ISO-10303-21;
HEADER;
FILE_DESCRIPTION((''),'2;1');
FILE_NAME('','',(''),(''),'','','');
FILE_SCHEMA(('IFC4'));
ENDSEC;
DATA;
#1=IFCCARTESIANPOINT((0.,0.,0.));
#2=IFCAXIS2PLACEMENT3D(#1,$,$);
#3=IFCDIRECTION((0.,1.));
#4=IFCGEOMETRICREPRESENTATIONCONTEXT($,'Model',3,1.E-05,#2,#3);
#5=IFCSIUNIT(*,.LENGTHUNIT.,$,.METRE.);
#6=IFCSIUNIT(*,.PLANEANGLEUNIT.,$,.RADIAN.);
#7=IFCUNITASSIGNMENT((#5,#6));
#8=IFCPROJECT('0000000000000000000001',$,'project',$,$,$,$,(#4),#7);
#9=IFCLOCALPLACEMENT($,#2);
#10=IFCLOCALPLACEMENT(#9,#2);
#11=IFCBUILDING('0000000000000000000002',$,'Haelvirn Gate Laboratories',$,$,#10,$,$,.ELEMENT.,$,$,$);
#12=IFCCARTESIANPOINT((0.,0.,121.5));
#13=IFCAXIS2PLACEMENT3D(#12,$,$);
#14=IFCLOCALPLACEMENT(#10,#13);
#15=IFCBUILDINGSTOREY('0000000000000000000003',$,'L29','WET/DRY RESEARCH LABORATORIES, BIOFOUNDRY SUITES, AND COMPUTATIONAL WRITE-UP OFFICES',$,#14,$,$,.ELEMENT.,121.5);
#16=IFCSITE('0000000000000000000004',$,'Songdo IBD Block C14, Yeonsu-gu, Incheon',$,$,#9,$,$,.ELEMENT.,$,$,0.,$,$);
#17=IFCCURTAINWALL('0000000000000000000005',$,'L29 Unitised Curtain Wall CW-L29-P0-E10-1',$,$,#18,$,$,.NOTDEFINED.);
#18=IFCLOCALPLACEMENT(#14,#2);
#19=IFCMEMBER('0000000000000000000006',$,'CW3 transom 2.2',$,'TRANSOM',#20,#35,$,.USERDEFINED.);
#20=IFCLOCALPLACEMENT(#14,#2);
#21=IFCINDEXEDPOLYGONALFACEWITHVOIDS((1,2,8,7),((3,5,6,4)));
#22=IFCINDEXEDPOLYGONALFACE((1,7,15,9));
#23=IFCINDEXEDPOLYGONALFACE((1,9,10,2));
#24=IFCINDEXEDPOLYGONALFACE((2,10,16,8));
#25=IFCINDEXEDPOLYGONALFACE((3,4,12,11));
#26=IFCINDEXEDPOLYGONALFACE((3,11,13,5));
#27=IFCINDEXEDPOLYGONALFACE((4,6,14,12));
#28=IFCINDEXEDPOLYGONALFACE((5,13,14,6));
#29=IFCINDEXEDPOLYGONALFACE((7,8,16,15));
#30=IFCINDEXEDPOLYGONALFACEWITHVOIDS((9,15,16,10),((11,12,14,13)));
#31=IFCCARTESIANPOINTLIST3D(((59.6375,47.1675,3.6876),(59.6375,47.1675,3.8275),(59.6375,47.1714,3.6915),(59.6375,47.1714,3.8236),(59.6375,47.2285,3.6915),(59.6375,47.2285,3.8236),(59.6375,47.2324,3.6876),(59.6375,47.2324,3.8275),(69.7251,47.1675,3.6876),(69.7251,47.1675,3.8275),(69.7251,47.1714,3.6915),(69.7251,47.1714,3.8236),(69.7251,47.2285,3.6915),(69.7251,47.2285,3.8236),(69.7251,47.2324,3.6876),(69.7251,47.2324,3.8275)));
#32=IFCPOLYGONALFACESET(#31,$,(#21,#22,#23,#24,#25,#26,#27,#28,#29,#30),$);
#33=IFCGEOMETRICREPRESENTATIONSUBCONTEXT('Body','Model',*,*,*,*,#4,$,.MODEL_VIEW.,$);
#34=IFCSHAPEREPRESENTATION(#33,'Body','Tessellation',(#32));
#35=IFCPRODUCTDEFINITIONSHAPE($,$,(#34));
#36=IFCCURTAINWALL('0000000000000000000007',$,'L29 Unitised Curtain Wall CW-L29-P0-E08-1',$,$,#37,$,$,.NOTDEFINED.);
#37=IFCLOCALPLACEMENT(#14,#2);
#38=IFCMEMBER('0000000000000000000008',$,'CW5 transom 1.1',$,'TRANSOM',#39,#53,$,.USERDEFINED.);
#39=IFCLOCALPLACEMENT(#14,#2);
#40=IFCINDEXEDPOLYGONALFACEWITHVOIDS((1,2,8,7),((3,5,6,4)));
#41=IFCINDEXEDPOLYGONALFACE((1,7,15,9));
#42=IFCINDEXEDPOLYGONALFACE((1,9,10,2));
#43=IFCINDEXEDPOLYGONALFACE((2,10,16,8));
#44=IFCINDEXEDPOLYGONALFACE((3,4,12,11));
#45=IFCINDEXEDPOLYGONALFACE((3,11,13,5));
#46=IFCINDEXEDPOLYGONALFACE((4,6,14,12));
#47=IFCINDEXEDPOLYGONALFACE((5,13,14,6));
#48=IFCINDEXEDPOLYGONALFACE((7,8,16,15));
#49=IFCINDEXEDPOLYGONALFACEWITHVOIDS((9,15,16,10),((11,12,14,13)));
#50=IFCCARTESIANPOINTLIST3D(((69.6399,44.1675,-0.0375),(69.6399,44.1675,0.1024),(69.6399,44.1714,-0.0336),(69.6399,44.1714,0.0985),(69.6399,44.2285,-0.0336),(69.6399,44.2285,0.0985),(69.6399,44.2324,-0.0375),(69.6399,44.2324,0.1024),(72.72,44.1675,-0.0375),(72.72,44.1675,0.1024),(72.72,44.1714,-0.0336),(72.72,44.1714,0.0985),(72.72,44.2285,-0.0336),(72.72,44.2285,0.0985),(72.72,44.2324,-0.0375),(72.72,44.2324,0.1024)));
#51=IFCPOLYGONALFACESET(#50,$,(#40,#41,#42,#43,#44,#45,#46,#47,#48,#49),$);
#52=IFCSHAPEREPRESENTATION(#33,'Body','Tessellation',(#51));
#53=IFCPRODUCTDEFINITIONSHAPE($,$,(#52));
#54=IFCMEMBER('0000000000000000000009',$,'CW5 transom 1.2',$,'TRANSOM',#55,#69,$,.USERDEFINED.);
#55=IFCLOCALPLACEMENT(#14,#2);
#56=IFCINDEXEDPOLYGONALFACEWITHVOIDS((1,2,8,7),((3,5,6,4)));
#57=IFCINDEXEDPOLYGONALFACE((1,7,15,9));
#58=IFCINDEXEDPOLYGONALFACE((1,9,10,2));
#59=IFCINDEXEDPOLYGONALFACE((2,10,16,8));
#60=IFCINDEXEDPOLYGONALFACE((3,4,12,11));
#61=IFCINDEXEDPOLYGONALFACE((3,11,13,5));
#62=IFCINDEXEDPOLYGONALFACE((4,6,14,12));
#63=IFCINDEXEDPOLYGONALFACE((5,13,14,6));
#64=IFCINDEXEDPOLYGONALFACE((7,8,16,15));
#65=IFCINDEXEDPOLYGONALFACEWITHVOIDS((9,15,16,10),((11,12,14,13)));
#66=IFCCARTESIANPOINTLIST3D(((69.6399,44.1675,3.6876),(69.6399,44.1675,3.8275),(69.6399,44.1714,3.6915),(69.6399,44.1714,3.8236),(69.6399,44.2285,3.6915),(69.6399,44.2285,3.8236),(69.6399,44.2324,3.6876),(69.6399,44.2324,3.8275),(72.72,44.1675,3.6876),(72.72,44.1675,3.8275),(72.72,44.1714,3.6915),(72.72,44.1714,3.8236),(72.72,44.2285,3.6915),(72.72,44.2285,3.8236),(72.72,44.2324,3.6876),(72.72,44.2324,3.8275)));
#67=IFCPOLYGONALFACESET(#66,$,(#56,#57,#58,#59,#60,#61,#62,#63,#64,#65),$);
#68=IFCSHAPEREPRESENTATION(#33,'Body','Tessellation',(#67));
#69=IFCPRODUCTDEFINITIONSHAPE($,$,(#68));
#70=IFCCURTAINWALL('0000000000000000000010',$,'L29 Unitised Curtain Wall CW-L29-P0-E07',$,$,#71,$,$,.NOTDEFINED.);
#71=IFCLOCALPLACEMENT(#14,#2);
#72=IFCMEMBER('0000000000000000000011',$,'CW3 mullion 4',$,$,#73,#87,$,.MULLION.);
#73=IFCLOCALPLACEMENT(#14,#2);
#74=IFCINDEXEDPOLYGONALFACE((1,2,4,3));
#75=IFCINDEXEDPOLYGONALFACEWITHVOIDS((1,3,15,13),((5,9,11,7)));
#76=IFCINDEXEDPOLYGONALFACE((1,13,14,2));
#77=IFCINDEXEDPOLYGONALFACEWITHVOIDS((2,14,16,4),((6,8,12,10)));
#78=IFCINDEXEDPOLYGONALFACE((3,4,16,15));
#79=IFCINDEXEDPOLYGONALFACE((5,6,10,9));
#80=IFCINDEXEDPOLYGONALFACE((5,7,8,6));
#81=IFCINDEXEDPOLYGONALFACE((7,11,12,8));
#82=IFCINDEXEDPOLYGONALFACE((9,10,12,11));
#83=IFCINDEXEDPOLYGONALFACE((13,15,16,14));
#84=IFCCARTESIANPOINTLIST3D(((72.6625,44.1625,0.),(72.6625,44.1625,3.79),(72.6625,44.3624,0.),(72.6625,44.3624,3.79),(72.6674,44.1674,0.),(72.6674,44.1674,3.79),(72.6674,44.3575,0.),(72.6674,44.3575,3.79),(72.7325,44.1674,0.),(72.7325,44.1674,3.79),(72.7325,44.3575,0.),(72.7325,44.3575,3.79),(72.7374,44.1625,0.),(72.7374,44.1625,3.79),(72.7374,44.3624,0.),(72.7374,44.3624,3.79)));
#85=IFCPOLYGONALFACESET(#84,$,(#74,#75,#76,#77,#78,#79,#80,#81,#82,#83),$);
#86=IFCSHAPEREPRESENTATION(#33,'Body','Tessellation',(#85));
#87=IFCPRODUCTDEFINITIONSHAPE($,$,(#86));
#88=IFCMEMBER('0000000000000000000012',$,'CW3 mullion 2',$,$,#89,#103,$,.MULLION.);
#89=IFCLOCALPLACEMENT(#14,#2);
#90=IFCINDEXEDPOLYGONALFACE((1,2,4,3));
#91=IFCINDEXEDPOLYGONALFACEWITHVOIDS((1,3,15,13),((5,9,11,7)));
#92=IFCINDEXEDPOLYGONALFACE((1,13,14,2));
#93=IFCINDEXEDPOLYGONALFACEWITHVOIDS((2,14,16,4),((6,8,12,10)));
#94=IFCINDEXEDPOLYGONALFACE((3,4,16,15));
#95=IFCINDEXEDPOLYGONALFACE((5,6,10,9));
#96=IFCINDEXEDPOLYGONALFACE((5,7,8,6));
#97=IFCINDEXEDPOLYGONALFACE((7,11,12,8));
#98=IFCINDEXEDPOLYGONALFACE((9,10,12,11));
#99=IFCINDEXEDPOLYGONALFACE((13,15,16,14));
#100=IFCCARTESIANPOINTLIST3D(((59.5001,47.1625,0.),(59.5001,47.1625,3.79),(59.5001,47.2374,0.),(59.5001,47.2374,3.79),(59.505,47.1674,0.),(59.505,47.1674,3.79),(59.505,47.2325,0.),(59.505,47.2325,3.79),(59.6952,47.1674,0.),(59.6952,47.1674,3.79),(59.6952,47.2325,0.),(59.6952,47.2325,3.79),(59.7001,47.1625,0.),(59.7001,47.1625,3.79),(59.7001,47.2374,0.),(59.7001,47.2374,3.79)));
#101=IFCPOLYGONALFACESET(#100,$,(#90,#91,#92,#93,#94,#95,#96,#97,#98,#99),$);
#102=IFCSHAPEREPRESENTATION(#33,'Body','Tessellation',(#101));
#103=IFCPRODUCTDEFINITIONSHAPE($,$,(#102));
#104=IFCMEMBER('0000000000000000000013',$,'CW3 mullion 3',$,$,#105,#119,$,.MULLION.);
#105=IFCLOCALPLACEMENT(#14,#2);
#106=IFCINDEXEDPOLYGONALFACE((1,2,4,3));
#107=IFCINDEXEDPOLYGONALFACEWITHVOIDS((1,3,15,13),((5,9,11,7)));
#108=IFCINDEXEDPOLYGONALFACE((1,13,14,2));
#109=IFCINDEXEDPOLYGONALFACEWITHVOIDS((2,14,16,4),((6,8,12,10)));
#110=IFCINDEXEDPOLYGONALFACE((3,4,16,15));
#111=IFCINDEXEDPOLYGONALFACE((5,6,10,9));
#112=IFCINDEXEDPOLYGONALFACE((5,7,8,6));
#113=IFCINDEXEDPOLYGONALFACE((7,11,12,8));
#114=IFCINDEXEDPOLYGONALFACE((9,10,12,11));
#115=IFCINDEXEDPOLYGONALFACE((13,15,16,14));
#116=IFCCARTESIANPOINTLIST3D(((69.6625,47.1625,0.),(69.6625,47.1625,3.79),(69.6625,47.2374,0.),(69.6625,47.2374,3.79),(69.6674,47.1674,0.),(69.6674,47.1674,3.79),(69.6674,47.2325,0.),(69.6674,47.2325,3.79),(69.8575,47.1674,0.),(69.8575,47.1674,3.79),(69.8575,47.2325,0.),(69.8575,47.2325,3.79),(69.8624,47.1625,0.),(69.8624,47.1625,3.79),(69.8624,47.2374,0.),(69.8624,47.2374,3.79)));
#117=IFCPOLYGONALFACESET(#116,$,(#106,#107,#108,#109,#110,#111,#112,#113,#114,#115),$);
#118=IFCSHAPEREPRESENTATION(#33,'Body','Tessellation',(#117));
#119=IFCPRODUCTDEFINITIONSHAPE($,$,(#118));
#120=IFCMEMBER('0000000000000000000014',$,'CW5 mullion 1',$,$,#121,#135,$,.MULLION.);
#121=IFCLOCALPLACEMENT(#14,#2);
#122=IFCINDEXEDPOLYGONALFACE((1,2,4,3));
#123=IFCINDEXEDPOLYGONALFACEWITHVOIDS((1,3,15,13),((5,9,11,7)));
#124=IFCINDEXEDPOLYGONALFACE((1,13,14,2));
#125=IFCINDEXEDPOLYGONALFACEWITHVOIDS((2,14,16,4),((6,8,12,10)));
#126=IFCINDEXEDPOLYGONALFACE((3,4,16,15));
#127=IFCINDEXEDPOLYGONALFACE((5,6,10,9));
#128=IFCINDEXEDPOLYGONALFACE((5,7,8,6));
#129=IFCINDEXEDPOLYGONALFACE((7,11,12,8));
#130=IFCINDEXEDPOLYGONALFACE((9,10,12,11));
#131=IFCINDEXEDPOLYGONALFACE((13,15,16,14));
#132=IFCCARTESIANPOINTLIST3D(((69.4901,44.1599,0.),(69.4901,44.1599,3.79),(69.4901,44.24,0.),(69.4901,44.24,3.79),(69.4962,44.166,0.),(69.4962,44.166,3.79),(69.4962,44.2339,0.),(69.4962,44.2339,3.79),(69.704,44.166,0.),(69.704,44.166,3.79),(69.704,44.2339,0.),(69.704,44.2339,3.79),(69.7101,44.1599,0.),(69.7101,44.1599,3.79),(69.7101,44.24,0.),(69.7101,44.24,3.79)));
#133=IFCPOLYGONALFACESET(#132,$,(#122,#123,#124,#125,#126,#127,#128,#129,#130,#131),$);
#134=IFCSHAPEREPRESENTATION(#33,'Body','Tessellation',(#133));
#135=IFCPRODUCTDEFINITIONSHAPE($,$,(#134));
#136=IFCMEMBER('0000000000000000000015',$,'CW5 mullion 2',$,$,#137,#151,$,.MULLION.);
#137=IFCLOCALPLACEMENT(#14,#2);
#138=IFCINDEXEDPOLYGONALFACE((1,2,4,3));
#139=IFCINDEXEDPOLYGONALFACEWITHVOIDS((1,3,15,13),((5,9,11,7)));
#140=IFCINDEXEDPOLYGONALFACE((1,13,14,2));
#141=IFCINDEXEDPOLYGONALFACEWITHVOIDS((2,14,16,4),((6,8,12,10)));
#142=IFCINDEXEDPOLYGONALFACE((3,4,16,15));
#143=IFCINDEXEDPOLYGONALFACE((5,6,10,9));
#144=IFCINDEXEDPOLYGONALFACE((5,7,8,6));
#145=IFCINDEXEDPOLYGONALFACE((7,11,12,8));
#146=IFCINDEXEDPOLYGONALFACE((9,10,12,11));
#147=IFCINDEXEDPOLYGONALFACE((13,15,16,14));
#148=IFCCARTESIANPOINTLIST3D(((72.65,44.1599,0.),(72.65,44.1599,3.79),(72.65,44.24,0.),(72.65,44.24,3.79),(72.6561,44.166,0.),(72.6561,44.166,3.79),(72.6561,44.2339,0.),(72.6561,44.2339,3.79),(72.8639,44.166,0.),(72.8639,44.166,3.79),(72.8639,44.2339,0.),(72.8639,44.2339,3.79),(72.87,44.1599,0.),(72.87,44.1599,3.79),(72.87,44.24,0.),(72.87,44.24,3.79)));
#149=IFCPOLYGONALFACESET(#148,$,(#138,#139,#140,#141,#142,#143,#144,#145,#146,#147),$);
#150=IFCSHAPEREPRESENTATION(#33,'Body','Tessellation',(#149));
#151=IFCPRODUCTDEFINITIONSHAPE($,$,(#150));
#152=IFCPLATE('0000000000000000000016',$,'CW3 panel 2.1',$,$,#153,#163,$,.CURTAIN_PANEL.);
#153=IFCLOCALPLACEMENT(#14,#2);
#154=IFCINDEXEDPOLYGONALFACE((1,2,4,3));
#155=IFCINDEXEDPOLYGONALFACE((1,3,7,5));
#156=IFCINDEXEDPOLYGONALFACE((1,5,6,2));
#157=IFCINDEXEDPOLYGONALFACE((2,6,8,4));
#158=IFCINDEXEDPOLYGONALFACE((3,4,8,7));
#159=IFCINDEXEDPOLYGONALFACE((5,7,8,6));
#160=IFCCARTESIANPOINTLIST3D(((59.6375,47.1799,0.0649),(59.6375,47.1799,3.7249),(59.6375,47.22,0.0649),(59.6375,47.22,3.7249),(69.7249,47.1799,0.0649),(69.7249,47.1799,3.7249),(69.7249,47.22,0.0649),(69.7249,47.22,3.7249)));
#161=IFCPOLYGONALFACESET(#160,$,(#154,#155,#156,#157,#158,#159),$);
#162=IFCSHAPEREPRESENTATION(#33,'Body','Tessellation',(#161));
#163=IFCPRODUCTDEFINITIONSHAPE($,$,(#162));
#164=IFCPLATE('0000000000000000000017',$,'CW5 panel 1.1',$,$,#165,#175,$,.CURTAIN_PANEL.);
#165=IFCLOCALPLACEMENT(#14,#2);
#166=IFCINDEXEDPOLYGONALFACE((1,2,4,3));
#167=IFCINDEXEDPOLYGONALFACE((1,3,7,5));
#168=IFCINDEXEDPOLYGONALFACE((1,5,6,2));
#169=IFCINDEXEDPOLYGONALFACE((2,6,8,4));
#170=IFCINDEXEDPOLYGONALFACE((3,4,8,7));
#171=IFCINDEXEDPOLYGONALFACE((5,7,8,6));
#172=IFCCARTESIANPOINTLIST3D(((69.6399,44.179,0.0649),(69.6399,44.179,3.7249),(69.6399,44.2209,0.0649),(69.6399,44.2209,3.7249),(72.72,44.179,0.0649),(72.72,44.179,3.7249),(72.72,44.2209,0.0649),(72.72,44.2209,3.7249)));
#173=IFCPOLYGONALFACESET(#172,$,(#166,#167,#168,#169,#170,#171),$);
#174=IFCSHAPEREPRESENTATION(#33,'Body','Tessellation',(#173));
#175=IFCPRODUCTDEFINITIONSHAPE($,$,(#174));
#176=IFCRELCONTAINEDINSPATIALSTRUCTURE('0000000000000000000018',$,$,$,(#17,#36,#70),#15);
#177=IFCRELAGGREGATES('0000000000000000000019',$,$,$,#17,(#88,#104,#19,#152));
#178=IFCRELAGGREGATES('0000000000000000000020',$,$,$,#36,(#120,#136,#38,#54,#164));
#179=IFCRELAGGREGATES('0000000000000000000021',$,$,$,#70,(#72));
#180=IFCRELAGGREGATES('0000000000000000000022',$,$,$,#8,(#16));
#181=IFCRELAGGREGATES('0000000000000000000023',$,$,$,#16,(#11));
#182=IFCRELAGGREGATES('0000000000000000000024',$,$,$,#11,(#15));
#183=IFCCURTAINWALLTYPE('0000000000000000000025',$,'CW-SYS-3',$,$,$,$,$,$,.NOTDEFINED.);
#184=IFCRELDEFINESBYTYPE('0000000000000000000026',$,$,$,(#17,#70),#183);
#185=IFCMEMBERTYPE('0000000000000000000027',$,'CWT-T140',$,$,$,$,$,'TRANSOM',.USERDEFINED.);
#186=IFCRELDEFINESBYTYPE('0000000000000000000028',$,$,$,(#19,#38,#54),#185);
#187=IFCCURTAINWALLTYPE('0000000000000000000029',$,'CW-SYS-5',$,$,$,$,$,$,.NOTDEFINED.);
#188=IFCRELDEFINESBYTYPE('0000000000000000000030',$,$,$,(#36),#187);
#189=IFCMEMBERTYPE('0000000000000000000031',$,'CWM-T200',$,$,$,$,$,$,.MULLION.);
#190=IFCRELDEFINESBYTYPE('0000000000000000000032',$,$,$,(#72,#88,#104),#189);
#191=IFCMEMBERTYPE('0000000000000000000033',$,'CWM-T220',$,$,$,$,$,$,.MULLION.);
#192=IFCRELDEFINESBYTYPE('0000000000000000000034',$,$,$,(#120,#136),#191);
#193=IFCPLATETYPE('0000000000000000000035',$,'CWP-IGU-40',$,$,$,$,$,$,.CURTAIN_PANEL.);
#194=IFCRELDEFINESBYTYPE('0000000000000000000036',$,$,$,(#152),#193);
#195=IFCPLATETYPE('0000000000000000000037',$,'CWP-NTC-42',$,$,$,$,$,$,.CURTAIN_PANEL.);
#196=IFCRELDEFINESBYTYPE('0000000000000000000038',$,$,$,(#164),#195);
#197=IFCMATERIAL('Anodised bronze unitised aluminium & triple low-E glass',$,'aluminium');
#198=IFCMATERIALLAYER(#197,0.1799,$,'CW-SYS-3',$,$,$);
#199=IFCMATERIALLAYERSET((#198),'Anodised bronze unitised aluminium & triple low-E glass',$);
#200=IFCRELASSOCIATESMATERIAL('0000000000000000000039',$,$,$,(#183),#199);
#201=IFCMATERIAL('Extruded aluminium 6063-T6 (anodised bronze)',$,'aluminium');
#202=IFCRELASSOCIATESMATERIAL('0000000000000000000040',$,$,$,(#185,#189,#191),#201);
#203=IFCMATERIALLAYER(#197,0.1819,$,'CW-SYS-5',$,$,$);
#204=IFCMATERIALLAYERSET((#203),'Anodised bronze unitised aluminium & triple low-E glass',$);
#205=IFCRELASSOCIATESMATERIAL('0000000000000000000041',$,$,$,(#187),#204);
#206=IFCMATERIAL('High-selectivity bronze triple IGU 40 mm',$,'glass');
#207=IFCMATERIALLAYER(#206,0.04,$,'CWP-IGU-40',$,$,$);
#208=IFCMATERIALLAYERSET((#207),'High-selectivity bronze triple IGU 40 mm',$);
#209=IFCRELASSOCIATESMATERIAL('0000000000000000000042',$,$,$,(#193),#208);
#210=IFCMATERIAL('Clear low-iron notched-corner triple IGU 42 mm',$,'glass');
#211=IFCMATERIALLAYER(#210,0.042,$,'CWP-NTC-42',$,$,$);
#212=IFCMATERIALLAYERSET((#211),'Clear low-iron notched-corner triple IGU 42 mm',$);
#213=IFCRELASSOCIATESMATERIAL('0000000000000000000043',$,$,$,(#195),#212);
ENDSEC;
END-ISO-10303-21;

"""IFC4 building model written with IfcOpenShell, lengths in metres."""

from ifc_helpers import new_model, si_unit, direction, frame, origin, origin_2d, place, context, subcontext, project, spatial, rectangle, hollow_rectangle, extrude, source, transform, mapped, material, layer, layer_set, material_profile, profile_set, type_object, type_shapes, element, aggregate, save


model = new_model("IFC4")

# Units and contexts
model_context = context("Model", 3, precision=1e-05, world=origin(), true_north=direction((0.0, 1.0)))
body_context = subcontext(model_context, "Body", "Model", "MODEL_VIEW")
ifc_project = project(units=[si_unit("LENGTHUNIT", "METRE"), si_unit("PLANEANGLEUNIT", "RADIAN")], contexts=[model_context])

# Site, building, storey
site_placement = place(None, origin())
site = spatial("IfcSite", under=ifc_project, at=site_placement, Name="Songdo IBD Block C14, Yeonsu-gu, Incheon", CompositionType="ELEMENT", RefElevation=0.0)
building_placement = place(site_placement, origin())
building = spatial("IfcBuilding", under=site, at=building_placement, Name="Haelvirn Gate Laboratories", CompositionType="ELEMENT")
storey_placement = place(building_placement, frame((0.0, 0.0, 121.5)))
storey = spatial("IfcBuildingStorey", under=building, at=storey_placement, Name="L29", Description="WET/DRY RESEARCH LABORATORIES, BIOFOUNDRY SUITES, AND COMPUTATIONAL WRITE-UP OFFICES", CompositionType="ELEMENT", Elevation=121.5)

# Curtain walls, members
ifc_material_1 = material(Name="Anodised bronze unitised aluminium & triple low-E glass", Category="aluminium")
ifc_layer_1 = layer(ifc_material_1, 0.1799, Name="CW-SYS-3")
ifc_layer_set_1 = layer_set([ifc_layer_1], Name="Anodised bronze unitised aluminium & triple low-E glass")
curtain_wall_type_1 = type_object("IfcCurtainWallType", Name="CW-SYS-3", PredefinedType="NOTDEFINED", material=ifc_layer_set_1)
curtain_wall_1_placement = place(storey_placement, origin())
curtain_wall_1 = element("IfcCurtainWall", 1, at=curtain_wall_1_placement, inside=storey, type_object=curtain_wall_type_1, Name="L29 Unitised Curtain Wall CW-L29-P0-E10-1", PredefinedType="NOTDEFINED")
ifc_material_2 = material(Name="Extruded aluminium 6063-T6 (anodised bronze)", Category="aluminium")
ifc_material_profile_1 = material_profile(ifc_material_2, hollow_rectangle(XDim=0.0649, YDim=0.1399, WallThickness=0.0039, at=origin_2d()), Name="CWT-140x65x4")
ifc_profile_set_1 = profile_set([ifc_material_profile_1], Name="Extruded aluminium 6063-T6 (anodised bronze)")
member_type_1 = type_object("IfcMemberType", Name="CWT-T140", ElementType="TRANSOM", PredefinedType="USERDEFINED", material=ifc_profile_set_1)
shared_shape_1 = source(origin(), body_context, "Body", "SweptSolid", [
    extrude(hollow_rectangle(XDim=0.0649, YDim=0.1399, WallThickness=0.0039, at=origin_2d()), origin(), (0.0, 0.0, 1.0), 10.0876),
])
member_1_placement = place(storey_placement, frame((59.6375, 47.2, 3.7576), z_axis=(1.0, 0.0, 0.0), x_axis=(0.0, 1.0, 0.0)))
member_1 = element("IfcMember", 2, at=member_1_placement, type_object=member_type_1, Name="CW3 transom 2.2", ObjectType="TRANSOM", PredefinedType="USERDEFINED", context=body_context, shape_type="MappedRepresentation", body=[
    mapped(shared_shape_1, transform((0.0, 0.0, 0.0), scale=1.0)),
])
ifc_layer_2 = layer(ifc_material_1, 0.1819, Name="CW-SYS-5")
ifc_layer_set_2 = layer_set([ifc_layer_2], Name="Anodised bronze unitised aluminium & triple low-E glass")
curtain_wall_type_2 = type_object("IfcCurtainWallType", Name="CW-SYS-5", PredefinedType="NOTDEFINED", material=ifc_layer_set_2)
curtain_wall_2_placement = place(storey_placement, origin())
curtain_wall_2 = element("IfcCurtainWall", 3, at=curtain_wall_2_placement, inside=storey, type_object=curtain_wall_type_2, Name="L29 Unitised Curtain Wall CW-L29-P0-E08-1", PredefinedType="NOTDEFINED")
shared_shape_2 = source(origin(), body_context, "Body", "SweptSolid", [
    extrude(hollow_rectangle(XDim=0.0649, YDim=0.1399, WallThickness=0.0039, at=origin_2d()), origin(), (0.0, 0.0, 1.0), 3.0801),
])
type_shapes(member_type_1, [shared_shape_1, shared_shape_2])
member_2_placement = place(storey_placement, frame((69.6399, 44.2, 0.0325), z_axis=(1.0, 0.0, 0.0), x_axis=(0.0, 1.0, 0.0)))
member_2 = element("IfcMember", 4, at=member_2_placement, type_object=member_type_1, Name="CW5 transom 1.1", ObjectType="TRANSOM", PredefinedType="USERDEFINED", context=body_context, shape_type="MappedRepresentation", body=[
    mapped(shared_shape_2, transform((0.0, 0.0, 0.0), scale=1.0)),
])
member_3_placement = place(storey_placement, frame((69.6399, 44.2, 3.7576), z_axis=(1.0, 0.0, 0.0), x_axis=(0.0, 1.0, 0.0)))
member_3 = element("IfcMember", 5, at=member_3_placement, type_object=member_type_1, Name="CW5 transom 1.2", ObjectType="TRANSOM", PredefinedType="USERDEFINED", context=body_context, shape_type="MappedRepresentation", body=[
    mapped(shared_shape_2, transform((0.0, 0.0, 0.0), scale=1.0)),
])

# Curtain wall, member
curtain_wall_3_placement = place(storey_placement, origin())
curtain_wall_3 = element("IfcCurtainWall", 6, at=curtain_wall_3_placement, inside=storey, type_object=curtain_wall_type_1, Name="L29 Unitised Curtain Wall CW-L29-P0-E07", PredefinedType="NOTDEFINED")
ifc_material_profile_2 = material_profile(ifc_material_2, hollow_rectangle(XDim=0.075, YDim=0.2, WallThickness=0.0049, at=origin_2d()), Name="CWM-200x75x5")
ifc_profile_set_2 = profile_set([ifc_material_profile_2], Name="Extruded aluminium 6063-T6 (anodised bronze)")
member_type_2 = type_object("IfcMemberType", Name="CWM-T200", PredefinedType="MULLION", material=ifc_profile_set_2)
shared_shape_3 = source(origin(), body_context, "Body", "SweptSolid", [
    extrude(hollow_rectangle(XDim=0.075, YDim=0.2, WallThickness=0.0049, at=origin_2d()), origin(), (0.0, 0.0, 1.0), 3.79),
])
type_shapes(member_type_2, [shared_shape_3])
member_4_placement = place(storey_placement, frame((72.7, 44.2625, 0.0), z_axis=(0.0, 0.0, 1.0), x_axis=(-1.0, 0.0, 0.0)))
member_4 = element("IfcMember", 7, at=member_4_placement, type_object=member_type_2, Name="CW3 mullion 4", PredefinedType="MULLION", context=body_context, shape_type="MappedRepresentation", body=[
    mapped(shared_shape_3, transform((0.0, 0.0, 0.0), scale=1.0)),
])

# Members
member_5_placement = place(storey_placement, frame((59.6001, 47.2, 0.0), z_axis=(0.0, 0.0, 1.0), x_axis=(0.0, 1.0, 0.0)))
member_5 = element("IfcMember", 8, at=member_5_placement, type_object=member_type_2, Name="CW3 mullion 2", PredefinedType="MULLION", context=body_context, shape_type="MappedRepresentation", body=[
    mapped(shared_shape_3, transform((0.0, 0.0, 0.0), scale=1.0)),
])
member_6_placement = place(storey_placement, frame((69.7625, 47.2, 0.0), z_axis=(0.0, 0.0, 1.0), x_axis=(0.0, 1.0, 0.0)))
member_6 = element("IfcMember", 9, at=member_6_placement, type_object=member_type_2, Name="CW3 mullion 3", PredefinedType="MULLION", context=body_context, shape_type="MappedRepresentation", body=[
    mapped(shared_shape_3, transform((0.0, 0.0, 0.0), scale=1.0)),
])
ifc_material_profile_3 = material_profile(ifc_material_2, hollow_rectangle(XDim=0.0801, YDim=0.22, WallThickness=0.0061, at=origin_2d()), Name="CWM-220x80x6")
ifc_profile_set_3 = profile_set([ifc_material_profile_3], Name="Extruded aluminium 6063-T6 (anodised bronze)")
member_type_3 = type_object("IfcMemberType", Name="CWM-T220", PredefinedType="MULLION", material=ifc_profile_set_3)
shared_shape_4 = source(origin(), body_context, "Body", "SweptSolid", [
    extrude(hollow_rectangle(XDim=0.0801, YDim=0.22, WallThickness=0.0061, at=origin_2d()), origin(), (0.0, 0.0, 1.0), 3.79),
])
type_shapes(member_type_3, [shared_shape_4])
member_7_placement = place(storey_placement, frame((69.6001, 44.2, 0.0), z_axis=(0.0, 0.0, 1.0), x_axis=(0.0, 1.0, 0.0)))
member_7 = element("IfcMember", 10, at=member_7_placement, type_object=member_type_3, Name="CW5 mullion 1", PredefinedType="MULLION", context=body_context, shape_type="MappedRepresentation", body=[
    mapped(shared_shape_4, transform((0.0, 0.0, 0.0), scale=1.0)),
])
member_8_placement = place(storey_placement, frame((72.76, 44.2, 0.0), z_axis=(0.0, 0.0, 1.0), x_axis=(0.0, 1.0, 0.0)))
member_8 = element("IfcMember", 11, at=member_8_placement, type_object=member_type_3, Name="CW5 mullion 2", PredefinedType="MULLION", context=body_context, shape_type="MappedRepresentation", body=[
    mapped(shared_shape_4, transform((0.0, 0.0, 0.0), scale=1.0)),
])

# Plates
ifc_material_3 = material(Name="High-selectivity bronze triple IGU 40 mm", Category="glass")
ifc_layer_3 = layer(ifc_material_3, 0.04, Name="CWP-IGU-40")
ifc_layer_set_3 = layer_set([ifc_layer_3], Name="High-selectivity bronze triple IGU 40 mm")
plate_type_1 = type_object("IfcPlateType", Name="CWP-IGU-40", PredefinedType="CURTAIN_PANEL", material=ifc_layer_set_3)
shared_shape_5 = source(origin(), body_context, "Body", "SweptSolid", [
    extrude(rectangle(XDim=10.0874, YDim=0.04, at=origin_2d()), origin(), (0.0, 0.0, 1.0), 3.6599),
])
plate_1_placement = place(storey_placement, frame((64.6812, 47.2, 0.0649), z_axis=(0.0, 0.0, 1.0), x_axis=(1.0, 0.0, 0.0)))
plate_1 = element("IfcPlate", 12, at=plate_1_placement, type_object=plate_type_1, Name="CW3 panel 2.1", PredefinedType="CURTAIN_PANEL", context=body_context, shape_type="MappedRepresentation", body=[
    mapped(shared_shape_5, transform((0.0, 0.0, 0.0), scale=1.0)),
])
aggregate(curtain_wall_1, [member_5, member_6, member_1, plate_1])
ifc_material_4 = material(Name="Clear low-iron notched-corner triple IGU 42 mm", Category="glass")
ifc_layer_4 = layer(ifc_material_4, 0.042, Name="CWP-NTC-42")
ifc_layer_set_4 = layer_set([ifc_layer_4], Name="Clear low-iron notched-corner triple IGU 42 mm")
plate_type_2 = type_object("IfcPlateType", Name="CWP-NTC-42", PredefinedType="CURTAIN_PANEL", material=ifc_layer_set_4)
shared_shape_6 = source(origin(), body_context, "Body", "SweptSolid", [
    extrude(rectangle(XDim=3.0801, YDim=0.042, at=origin_2d()), origin(), (0.0, 0.0, 1.0), 3.6599),
])
type_shapes(plate_type_2, [shared_shape_6])
plate_2_placement = place(storey_placement, frame((71.1799, 44.2, 0.0649), z_axis=(0.0, 0.0, 1.0), x_axis=(1.0, 0.0, 0.0)))
plate_2 = element("IfcPlate", 13, at=plate_2_placement, type_object=plate_type_2, Name="CW5 panel 1.1", PredefinedType="CURTAIN_PANEL", context=body_context, shape_type="MappedRepresentation", body=[
    mapped(shared_shape_6, transform((0.0, 0.0, 0.0), scale=1.0)),
])
aggregate(curtain_wall_2, [member_7, member_8, member_2, member_3, plate_2])
aggregate(curtain_wall_3, [member_4])

save(model, "model.ifc")
